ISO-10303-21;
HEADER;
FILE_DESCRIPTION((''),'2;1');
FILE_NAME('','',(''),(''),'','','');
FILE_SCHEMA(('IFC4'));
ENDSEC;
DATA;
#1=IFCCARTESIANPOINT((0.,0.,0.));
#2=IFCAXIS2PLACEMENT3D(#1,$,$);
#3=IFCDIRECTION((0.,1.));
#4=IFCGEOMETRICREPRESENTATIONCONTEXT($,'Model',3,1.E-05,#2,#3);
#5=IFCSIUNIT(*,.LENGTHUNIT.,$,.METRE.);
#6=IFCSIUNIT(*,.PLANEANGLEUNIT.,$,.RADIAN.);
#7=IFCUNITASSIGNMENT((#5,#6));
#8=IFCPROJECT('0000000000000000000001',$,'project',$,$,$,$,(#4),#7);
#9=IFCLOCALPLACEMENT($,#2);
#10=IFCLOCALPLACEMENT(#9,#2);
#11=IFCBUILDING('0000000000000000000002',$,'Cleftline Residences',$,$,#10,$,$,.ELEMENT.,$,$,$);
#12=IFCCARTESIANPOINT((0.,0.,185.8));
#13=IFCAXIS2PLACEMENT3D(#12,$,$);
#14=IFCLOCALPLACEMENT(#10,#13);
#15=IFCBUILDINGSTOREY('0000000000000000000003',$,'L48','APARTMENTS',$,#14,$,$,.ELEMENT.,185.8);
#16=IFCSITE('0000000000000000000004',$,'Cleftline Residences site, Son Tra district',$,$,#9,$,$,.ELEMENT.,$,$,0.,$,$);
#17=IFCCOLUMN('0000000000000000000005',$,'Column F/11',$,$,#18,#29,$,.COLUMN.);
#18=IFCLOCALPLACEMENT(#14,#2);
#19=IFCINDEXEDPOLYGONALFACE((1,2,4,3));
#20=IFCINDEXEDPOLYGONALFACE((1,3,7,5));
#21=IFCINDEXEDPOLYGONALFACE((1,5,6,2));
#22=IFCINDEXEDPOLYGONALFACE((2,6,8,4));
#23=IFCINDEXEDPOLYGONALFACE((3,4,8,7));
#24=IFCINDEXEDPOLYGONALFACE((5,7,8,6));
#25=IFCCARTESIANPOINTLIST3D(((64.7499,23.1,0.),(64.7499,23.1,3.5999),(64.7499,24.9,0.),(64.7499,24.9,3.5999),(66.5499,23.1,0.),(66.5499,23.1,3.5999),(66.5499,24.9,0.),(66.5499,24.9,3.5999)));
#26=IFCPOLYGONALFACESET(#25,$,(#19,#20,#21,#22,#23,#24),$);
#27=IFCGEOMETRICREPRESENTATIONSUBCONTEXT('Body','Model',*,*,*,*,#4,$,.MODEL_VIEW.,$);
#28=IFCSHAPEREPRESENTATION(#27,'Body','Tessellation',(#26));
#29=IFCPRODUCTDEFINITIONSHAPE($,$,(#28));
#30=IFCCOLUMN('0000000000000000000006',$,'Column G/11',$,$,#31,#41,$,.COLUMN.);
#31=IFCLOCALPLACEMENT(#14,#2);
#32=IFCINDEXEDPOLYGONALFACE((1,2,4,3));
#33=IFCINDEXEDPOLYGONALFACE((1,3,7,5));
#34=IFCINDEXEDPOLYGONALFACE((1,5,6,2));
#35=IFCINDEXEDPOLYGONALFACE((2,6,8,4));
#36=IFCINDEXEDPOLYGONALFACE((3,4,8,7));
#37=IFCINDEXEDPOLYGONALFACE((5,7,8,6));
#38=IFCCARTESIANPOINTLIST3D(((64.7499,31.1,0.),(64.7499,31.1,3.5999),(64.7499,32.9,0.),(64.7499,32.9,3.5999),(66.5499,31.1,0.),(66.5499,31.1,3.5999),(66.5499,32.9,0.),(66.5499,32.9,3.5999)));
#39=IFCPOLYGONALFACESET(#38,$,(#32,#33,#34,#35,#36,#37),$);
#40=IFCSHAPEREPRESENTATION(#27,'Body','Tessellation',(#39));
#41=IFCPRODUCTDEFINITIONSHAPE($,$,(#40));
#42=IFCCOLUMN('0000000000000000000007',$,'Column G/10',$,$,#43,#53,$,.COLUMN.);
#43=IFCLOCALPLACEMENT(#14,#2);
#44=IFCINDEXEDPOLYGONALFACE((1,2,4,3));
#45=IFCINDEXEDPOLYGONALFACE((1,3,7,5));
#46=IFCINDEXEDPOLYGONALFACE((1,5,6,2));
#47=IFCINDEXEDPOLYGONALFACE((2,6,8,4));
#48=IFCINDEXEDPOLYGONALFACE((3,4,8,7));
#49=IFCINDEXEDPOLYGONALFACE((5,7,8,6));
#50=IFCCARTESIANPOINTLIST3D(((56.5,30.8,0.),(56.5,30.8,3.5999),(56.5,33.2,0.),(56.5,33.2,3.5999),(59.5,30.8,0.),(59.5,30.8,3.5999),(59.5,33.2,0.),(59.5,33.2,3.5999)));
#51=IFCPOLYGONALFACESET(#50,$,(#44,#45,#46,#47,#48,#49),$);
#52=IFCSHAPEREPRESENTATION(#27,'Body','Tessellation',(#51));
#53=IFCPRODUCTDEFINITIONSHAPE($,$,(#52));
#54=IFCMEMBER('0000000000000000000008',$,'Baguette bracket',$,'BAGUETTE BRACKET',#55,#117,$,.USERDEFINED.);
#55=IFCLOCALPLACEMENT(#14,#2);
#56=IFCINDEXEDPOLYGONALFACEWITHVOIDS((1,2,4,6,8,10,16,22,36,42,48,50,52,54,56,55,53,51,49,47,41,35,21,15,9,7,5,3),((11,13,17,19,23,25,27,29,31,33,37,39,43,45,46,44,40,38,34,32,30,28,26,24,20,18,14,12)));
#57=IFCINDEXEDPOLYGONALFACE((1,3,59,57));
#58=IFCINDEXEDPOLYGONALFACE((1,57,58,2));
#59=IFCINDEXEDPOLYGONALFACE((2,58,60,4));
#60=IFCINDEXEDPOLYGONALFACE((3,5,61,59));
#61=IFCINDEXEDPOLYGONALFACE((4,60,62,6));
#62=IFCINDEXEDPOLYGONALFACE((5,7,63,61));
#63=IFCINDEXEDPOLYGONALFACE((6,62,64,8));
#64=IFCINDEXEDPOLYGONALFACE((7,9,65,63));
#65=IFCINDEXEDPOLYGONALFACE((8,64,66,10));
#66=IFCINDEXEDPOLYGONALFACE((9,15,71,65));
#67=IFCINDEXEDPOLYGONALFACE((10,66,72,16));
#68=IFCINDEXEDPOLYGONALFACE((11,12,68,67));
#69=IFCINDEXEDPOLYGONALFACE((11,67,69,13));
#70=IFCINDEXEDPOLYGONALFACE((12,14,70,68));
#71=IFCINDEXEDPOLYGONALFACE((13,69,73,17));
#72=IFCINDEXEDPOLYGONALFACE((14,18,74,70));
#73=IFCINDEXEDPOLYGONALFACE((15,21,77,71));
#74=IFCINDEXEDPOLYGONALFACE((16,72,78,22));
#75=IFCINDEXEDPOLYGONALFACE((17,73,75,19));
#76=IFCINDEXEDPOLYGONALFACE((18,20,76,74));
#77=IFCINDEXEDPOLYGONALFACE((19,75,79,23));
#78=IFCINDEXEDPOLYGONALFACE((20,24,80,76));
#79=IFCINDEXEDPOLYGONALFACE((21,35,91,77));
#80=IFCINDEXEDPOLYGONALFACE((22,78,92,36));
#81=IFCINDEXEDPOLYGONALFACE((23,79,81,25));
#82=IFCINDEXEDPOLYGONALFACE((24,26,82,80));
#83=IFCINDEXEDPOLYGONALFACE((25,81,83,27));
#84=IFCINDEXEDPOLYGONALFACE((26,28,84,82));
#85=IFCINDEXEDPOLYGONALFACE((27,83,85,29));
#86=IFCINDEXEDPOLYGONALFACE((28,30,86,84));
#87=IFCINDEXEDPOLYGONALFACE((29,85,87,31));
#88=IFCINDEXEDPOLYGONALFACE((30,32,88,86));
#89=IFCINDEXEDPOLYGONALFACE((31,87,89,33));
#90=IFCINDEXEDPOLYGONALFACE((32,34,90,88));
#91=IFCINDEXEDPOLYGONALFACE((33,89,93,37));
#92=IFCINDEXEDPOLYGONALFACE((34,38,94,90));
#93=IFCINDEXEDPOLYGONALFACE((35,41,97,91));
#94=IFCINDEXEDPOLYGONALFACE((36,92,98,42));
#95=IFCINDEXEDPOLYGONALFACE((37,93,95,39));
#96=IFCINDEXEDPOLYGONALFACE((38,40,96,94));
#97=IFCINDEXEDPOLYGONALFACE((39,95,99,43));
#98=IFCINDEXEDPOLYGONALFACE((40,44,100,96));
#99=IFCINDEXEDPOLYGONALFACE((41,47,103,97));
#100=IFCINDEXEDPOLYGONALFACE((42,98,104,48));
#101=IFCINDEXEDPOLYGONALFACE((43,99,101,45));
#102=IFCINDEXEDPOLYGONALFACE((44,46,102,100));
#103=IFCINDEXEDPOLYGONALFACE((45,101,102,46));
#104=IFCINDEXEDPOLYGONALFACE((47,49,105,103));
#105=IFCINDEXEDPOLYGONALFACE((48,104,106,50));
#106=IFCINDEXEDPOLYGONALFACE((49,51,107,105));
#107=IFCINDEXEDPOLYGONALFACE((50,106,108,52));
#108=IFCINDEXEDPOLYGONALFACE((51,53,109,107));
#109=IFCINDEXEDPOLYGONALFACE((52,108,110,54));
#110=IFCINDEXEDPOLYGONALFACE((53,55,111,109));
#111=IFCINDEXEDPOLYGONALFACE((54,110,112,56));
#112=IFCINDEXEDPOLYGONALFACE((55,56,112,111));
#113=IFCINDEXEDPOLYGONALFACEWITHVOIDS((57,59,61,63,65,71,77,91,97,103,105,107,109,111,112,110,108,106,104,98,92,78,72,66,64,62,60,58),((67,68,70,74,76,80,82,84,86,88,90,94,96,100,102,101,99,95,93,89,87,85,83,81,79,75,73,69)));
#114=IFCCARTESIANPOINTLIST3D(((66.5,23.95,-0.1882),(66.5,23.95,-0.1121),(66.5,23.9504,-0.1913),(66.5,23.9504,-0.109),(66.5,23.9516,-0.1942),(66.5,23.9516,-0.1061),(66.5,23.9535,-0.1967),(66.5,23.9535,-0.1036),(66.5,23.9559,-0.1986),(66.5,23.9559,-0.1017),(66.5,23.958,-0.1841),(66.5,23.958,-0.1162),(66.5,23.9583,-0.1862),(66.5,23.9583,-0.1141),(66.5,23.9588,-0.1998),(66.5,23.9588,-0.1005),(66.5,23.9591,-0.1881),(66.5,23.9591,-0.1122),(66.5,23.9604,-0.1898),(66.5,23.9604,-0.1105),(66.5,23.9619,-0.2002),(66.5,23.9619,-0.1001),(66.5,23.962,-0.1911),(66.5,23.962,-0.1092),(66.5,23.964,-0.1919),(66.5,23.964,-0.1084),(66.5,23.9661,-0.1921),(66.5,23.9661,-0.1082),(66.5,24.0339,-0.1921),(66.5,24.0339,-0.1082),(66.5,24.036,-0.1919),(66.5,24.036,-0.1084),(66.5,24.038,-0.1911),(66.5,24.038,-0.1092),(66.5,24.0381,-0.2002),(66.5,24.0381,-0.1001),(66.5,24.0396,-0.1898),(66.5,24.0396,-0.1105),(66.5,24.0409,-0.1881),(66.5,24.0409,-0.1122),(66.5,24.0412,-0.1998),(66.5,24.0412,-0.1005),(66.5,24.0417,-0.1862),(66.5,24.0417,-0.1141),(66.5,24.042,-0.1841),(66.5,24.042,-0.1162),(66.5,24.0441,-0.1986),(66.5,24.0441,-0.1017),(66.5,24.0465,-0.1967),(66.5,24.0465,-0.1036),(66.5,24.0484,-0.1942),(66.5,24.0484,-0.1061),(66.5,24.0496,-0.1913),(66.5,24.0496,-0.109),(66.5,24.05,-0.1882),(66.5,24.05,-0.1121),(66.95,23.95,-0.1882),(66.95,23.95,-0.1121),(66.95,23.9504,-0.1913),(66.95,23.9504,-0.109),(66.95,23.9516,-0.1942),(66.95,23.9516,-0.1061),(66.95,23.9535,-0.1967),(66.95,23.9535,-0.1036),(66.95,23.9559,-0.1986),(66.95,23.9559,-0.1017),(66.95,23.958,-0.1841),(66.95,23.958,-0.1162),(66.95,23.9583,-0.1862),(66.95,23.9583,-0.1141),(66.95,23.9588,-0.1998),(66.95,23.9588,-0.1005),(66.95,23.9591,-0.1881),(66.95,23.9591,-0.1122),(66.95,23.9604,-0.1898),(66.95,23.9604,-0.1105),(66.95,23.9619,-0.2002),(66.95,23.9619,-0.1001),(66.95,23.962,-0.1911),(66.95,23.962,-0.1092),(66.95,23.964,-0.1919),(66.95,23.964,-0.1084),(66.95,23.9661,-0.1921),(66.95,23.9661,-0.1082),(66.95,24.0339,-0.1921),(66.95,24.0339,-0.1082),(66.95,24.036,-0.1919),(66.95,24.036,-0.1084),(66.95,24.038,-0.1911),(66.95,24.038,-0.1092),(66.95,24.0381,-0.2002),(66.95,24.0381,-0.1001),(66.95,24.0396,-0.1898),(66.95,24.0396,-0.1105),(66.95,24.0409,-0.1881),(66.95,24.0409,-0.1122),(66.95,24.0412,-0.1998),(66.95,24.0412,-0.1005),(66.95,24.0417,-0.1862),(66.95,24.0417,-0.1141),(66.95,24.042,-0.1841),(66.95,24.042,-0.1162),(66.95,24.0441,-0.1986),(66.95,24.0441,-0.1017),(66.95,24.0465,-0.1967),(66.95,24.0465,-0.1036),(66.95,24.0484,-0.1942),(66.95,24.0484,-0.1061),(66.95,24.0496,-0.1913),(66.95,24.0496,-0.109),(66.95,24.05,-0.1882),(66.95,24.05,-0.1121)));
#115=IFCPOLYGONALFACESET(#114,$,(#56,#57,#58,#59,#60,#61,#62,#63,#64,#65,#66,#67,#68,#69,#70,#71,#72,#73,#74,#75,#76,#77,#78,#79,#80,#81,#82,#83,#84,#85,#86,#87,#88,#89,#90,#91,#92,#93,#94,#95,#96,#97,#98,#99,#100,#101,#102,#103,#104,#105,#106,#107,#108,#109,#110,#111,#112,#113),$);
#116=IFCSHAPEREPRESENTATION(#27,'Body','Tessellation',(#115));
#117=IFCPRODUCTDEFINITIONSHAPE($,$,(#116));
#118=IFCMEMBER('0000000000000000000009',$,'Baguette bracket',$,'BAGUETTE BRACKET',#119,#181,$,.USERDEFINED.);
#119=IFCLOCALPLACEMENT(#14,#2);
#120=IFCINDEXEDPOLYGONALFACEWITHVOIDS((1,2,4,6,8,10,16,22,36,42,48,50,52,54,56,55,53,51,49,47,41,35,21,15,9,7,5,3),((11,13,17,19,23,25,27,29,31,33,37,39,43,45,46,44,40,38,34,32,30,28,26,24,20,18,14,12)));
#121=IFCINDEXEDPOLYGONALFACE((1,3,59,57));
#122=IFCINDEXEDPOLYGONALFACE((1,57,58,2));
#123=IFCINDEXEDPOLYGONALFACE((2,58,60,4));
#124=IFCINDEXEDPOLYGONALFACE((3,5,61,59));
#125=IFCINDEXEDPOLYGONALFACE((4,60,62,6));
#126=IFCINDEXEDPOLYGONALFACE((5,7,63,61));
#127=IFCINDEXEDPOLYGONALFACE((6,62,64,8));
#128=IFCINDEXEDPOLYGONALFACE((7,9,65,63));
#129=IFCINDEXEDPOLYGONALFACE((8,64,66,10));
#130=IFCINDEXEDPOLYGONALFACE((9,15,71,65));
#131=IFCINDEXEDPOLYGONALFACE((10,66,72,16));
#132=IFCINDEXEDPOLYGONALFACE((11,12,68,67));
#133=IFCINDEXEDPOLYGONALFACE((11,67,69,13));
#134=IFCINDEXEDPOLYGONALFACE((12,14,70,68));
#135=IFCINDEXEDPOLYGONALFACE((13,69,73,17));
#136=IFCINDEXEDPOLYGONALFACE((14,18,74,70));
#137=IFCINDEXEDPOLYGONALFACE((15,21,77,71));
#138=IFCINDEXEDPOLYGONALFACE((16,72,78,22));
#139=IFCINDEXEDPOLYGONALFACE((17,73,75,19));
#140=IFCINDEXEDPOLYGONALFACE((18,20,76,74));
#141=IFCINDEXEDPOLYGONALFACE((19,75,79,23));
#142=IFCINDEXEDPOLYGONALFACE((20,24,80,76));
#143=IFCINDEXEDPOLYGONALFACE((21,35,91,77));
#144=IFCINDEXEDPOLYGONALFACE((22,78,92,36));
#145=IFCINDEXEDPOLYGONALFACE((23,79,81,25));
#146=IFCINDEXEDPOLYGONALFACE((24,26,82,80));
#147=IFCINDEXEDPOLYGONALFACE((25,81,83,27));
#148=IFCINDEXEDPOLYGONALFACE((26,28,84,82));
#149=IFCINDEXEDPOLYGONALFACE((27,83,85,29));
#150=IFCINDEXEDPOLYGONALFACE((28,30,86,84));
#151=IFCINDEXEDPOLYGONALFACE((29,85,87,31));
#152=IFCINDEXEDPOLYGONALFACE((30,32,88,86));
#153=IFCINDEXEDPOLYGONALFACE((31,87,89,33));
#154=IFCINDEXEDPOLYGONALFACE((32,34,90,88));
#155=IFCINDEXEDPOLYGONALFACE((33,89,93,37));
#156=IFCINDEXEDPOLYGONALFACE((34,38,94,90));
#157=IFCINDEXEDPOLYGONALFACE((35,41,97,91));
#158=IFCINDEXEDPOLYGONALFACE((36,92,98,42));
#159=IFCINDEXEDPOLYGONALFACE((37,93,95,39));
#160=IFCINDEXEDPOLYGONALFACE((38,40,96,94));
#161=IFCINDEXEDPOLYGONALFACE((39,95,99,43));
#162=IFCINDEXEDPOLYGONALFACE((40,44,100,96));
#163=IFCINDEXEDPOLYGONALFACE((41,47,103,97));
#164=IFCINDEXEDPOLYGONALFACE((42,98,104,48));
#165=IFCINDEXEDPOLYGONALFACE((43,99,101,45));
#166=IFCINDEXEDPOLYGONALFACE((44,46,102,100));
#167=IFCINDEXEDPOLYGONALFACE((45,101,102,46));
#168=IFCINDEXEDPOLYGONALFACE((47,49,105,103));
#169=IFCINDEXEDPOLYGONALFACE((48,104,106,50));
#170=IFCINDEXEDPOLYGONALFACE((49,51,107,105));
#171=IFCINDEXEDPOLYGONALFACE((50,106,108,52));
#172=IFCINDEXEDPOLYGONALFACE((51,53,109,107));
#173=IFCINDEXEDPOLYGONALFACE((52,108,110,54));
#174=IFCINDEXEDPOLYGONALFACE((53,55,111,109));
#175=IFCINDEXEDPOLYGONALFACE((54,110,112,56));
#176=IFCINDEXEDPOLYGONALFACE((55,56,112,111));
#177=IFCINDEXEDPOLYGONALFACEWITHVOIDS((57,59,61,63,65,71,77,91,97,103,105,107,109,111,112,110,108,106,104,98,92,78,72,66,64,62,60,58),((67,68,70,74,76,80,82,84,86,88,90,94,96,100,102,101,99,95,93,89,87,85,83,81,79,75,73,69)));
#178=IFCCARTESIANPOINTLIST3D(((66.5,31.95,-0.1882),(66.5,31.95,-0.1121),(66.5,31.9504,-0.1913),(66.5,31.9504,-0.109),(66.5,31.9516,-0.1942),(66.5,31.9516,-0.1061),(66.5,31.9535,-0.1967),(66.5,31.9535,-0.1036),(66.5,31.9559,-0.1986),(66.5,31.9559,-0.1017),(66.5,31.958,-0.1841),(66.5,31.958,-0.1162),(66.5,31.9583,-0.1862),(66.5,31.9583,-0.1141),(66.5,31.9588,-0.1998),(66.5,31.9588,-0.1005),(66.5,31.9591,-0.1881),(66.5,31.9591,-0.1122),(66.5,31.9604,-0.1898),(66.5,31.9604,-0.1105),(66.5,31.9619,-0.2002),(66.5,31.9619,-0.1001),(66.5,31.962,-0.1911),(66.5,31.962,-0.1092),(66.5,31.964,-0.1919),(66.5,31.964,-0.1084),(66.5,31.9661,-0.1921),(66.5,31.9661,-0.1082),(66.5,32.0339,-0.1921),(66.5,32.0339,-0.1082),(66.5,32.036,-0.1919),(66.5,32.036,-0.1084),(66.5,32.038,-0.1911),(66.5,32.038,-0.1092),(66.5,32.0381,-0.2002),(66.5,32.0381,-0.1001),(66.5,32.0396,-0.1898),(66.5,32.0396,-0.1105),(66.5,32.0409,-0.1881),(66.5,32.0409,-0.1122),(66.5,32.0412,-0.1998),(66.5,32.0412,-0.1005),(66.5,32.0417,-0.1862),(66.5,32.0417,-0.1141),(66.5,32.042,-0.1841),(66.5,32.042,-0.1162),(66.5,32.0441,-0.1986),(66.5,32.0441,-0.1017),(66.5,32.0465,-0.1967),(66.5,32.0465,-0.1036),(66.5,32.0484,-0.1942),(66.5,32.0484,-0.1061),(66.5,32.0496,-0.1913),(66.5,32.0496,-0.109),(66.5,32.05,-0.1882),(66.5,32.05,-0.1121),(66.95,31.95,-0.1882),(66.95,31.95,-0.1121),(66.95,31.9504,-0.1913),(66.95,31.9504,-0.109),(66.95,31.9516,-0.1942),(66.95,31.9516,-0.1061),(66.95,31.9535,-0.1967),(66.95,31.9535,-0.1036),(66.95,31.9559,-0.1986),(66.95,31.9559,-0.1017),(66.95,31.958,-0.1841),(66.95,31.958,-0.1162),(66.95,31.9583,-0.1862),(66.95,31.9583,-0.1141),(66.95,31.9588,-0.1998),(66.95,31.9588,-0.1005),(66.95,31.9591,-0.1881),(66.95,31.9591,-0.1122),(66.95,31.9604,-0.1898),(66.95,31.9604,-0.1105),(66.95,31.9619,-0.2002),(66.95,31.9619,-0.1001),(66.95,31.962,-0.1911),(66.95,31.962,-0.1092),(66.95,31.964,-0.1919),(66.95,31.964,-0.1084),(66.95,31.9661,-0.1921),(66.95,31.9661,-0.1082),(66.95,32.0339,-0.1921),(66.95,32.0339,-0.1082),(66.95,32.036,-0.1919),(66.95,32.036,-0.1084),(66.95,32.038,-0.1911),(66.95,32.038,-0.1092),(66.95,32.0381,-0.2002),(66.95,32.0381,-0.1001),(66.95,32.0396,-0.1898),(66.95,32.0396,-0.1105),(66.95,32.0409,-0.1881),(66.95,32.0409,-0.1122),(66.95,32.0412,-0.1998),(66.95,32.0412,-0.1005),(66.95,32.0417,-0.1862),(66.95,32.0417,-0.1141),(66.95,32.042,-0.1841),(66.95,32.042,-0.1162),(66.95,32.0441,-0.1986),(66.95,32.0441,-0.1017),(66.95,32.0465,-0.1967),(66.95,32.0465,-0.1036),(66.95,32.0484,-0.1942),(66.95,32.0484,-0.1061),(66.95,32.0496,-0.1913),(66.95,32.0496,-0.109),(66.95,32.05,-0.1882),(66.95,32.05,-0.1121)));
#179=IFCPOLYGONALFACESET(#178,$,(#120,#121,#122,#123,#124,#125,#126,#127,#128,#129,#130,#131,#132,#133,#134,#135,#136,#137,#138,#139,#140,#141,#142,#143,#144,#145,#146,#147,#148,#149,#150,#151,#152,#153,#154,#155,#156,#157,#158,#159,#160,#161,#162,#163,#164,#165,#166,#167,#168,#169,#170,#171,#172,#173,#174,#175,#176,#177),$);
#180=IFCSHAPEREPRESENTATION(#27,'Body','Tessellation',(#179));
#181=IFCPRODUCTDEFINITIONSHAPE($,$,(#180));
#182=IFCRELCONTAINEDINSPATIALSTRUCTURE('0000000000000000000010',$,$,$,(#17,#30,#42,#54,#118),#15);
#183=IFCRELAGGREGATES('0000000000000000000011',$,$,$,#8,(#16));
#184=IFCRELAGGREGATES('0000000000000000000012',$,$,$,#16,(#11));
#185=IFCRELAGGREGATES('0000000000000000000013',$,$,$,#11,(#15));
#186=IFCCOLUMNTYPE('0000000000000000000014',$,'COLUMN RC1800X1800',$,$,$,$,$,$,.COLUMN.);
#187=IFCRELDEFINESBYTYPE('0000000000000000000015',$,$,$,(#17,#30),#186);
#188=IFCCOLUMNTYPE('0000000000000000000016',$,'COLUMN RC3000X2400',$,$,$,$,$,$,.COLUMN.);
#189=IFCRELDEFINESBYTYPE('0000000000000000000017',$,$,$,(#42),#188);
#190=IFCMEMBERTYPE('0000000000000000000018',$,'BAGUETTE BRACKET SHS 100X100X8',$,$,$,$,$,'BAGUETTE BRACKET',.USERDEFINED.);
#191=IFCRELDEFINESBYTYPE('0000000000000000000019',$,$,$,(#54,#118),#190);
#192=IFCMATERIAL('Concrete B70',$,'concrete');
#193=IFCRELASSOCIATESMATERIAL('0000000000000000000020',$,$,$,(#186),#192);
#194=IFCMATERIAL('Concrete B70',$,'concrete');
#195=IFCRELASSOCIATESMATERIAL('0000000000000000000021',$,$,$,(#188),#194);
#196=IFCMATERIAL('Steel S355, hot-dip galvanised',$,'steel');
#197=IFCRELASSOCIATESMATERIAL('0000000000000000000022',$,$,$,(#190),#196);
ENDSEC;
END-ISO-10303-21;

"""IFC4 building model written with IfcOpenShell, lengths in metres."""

from ifc_helpers import new_model, si_unit, direction, frame, origin, origin_2d, place, context, subcontext, project, spatial, rectangle, hollow_rectangle, extrude, material, material_profile, profile_set, type_object, element, save


model = new_model("IFC4")

# Units and contexts
model_context = context("Model", 3, precision=1e-05, world=origin(), true_north=direction((0.0, 1.0)))
body_context = subcontext(model_context, "Body", "Model", "MODEL_VIEW")
ifc_project = project(units=[si_unit("LENGTHUNIT", "METRE"), si_unit("PLANEANGLEUNIT", "RADIAN")], contexts=[model_context])

# Site, building, storey
site_placement = place(None, origin())
site = spatial("IfcSite", under=ifc_project, at=site_placement, Name="Cleftline Residences site, Son Tra district", CompositionType="ELEMENT", RefElevation=0.0)
building_placement = place(site_placement, origin())
building = spatial("IfcBuilding", under=site, at=building_placement, Name="Cleftline Residences", CompositionType="ELEMENT")
storey_placement = place(building_placement, frame((0.0, 0.0, 185.8)))
storey = spatial("IfcBuildingStorey", under=building, at=storey_placement, Name="L48", Description="APARTMENTS", CompositionType="ELEMENT", Elevation=185.8)

# Columns
ifc_material_1 = material(Name="Concrete B70", Category="concrete")
ifc_material_profile_1 = material_profile(ifc_material_1, rectangle(XDim=1.8, YDim=1.8, at=origin_2d()))
ifc_profile_set_1 = profile_set([ifc_material_profile_1], Name="Concrete B70")
column_type_1 = type_object("IfcColumnType", Name="COLUMN RC1800X1800", PredefinedType="COLUMN", material=ifc_profile_set_1)
for number, where, z_axis, x_axis, name in (
    (1, (65.6499, 24.0, 0.0), (0.0, 0.0, 1.0), (1.0, 0.0, 0.0), "Column F/11"),
    (2, (65.6499, 32.0, 0.0), (0.0, 0.0, 1.0), (1.0, 0.0, 0.0), "Column G/11"),
):
    element("IfcColumn", number, at=place(storey_placement, frame(where, z_axis=z_axis, x_axis=x_axis)), inside=storey, type_object=column_type_1, Name=name, PredefinedType="COLUMN", context=body_context, shape_type="SweptSolid", body=[
        extrude(rectangle(XDim=1.8, YDim=1.8, at=origin_2d()), origin(), (0.0, 0.0, 1.0), 3.5999),
    ])
ifc_material_2 = material(Name="Concrete B70", Category="concrete")
ifc_material_profile_2 = material_profile(ifc_material_2, rectangle(XDim=3.0, YDim=2.3999, at=origin_2d()))
ifc_profile_set_2 = profile_set([ifc_material_profile_2], Name="Concrete B70")
column_type_2 = type_object("IfcColumnType", Name="COLUMN RC3000X2400", PredefinedType="COLUMN", material=ifc_profile_set_2)
column_placement = place(storey_placement, frame((58.0, 32.0, 0.0), z_axis=(0.0, 0.0, 1.0), x_axis=(1.0, 0.0, 0.0)))
element("IfcColumn", 3, at=column_placement, inside=storey, type_object=column_type_2, Name="Column G/10", PredefinedType="COLUMN", context=body_context, shape_type="SweptSolid", body=[
    extrude(rectangle(XDim=3.0, YDim=2.3999, at=origin_2d()), origin(), (0.0, 0.0, 1.0), 3.5999),
])

# Members
ifc_material_3 = material(Name="Steel S355, hot-dip galvanised", Category="steel")
ifc_material_profile_3 = material_profile(ifc_material_3, hollow_rectangle(XDim=0.1001, YDim=0.1001, WallThickness=0.0081, InnerFilletRadius=0.0081, OuterFilletRadius=0.012, at=origin_2d()))
ifc_profile_set_3 = profile_set([ifc_material_profile_3], Name="Steel S355, hot-dip galvanised")
member_type_1 = type_object("IfcMemberType", Name="BAGUETTE BRACKET SHS 100X100X8", ElementType="BAGUETTE BRACKET", PredefinedType="USERDEFINED", material=ifc_profile_set_3)
for number, where, z_axis, x_axis, name in (
    (4, (66.5, 24.0, -0.1501), (1.0, 0.0, 0.0), (0.0, 1.0, 0.0), "Baguette bracket"),
    (5, (66.5, 32.0, -0.1501), (1.0, 0.0, 0.0), (0.0, 1.0, 0.0), "Baguette bracket"),
):
    element("IfcMember", number, at=place(storey_placement, frame(where, z_axis=z_axis, x_axis=x_axis)), inside=storey, type_object=member_type_1, Name=name, ObjectType="BAGUETTE BRACKET", PredefinedType="USERDEFINED", context=body_context, shape_type="SweptSolid", body=[
        extrude(hollow_rectangle(XDim=0.1001, YDim=0.1001, WallThickness=0.0081, InnerFilletRadius=0.0081, OuterFilletRadius=0.012, at=origin_2d()), origin(), (0.0, 0.0, 1.0), 0.45),
    ])

save(model, "model.ifc")
